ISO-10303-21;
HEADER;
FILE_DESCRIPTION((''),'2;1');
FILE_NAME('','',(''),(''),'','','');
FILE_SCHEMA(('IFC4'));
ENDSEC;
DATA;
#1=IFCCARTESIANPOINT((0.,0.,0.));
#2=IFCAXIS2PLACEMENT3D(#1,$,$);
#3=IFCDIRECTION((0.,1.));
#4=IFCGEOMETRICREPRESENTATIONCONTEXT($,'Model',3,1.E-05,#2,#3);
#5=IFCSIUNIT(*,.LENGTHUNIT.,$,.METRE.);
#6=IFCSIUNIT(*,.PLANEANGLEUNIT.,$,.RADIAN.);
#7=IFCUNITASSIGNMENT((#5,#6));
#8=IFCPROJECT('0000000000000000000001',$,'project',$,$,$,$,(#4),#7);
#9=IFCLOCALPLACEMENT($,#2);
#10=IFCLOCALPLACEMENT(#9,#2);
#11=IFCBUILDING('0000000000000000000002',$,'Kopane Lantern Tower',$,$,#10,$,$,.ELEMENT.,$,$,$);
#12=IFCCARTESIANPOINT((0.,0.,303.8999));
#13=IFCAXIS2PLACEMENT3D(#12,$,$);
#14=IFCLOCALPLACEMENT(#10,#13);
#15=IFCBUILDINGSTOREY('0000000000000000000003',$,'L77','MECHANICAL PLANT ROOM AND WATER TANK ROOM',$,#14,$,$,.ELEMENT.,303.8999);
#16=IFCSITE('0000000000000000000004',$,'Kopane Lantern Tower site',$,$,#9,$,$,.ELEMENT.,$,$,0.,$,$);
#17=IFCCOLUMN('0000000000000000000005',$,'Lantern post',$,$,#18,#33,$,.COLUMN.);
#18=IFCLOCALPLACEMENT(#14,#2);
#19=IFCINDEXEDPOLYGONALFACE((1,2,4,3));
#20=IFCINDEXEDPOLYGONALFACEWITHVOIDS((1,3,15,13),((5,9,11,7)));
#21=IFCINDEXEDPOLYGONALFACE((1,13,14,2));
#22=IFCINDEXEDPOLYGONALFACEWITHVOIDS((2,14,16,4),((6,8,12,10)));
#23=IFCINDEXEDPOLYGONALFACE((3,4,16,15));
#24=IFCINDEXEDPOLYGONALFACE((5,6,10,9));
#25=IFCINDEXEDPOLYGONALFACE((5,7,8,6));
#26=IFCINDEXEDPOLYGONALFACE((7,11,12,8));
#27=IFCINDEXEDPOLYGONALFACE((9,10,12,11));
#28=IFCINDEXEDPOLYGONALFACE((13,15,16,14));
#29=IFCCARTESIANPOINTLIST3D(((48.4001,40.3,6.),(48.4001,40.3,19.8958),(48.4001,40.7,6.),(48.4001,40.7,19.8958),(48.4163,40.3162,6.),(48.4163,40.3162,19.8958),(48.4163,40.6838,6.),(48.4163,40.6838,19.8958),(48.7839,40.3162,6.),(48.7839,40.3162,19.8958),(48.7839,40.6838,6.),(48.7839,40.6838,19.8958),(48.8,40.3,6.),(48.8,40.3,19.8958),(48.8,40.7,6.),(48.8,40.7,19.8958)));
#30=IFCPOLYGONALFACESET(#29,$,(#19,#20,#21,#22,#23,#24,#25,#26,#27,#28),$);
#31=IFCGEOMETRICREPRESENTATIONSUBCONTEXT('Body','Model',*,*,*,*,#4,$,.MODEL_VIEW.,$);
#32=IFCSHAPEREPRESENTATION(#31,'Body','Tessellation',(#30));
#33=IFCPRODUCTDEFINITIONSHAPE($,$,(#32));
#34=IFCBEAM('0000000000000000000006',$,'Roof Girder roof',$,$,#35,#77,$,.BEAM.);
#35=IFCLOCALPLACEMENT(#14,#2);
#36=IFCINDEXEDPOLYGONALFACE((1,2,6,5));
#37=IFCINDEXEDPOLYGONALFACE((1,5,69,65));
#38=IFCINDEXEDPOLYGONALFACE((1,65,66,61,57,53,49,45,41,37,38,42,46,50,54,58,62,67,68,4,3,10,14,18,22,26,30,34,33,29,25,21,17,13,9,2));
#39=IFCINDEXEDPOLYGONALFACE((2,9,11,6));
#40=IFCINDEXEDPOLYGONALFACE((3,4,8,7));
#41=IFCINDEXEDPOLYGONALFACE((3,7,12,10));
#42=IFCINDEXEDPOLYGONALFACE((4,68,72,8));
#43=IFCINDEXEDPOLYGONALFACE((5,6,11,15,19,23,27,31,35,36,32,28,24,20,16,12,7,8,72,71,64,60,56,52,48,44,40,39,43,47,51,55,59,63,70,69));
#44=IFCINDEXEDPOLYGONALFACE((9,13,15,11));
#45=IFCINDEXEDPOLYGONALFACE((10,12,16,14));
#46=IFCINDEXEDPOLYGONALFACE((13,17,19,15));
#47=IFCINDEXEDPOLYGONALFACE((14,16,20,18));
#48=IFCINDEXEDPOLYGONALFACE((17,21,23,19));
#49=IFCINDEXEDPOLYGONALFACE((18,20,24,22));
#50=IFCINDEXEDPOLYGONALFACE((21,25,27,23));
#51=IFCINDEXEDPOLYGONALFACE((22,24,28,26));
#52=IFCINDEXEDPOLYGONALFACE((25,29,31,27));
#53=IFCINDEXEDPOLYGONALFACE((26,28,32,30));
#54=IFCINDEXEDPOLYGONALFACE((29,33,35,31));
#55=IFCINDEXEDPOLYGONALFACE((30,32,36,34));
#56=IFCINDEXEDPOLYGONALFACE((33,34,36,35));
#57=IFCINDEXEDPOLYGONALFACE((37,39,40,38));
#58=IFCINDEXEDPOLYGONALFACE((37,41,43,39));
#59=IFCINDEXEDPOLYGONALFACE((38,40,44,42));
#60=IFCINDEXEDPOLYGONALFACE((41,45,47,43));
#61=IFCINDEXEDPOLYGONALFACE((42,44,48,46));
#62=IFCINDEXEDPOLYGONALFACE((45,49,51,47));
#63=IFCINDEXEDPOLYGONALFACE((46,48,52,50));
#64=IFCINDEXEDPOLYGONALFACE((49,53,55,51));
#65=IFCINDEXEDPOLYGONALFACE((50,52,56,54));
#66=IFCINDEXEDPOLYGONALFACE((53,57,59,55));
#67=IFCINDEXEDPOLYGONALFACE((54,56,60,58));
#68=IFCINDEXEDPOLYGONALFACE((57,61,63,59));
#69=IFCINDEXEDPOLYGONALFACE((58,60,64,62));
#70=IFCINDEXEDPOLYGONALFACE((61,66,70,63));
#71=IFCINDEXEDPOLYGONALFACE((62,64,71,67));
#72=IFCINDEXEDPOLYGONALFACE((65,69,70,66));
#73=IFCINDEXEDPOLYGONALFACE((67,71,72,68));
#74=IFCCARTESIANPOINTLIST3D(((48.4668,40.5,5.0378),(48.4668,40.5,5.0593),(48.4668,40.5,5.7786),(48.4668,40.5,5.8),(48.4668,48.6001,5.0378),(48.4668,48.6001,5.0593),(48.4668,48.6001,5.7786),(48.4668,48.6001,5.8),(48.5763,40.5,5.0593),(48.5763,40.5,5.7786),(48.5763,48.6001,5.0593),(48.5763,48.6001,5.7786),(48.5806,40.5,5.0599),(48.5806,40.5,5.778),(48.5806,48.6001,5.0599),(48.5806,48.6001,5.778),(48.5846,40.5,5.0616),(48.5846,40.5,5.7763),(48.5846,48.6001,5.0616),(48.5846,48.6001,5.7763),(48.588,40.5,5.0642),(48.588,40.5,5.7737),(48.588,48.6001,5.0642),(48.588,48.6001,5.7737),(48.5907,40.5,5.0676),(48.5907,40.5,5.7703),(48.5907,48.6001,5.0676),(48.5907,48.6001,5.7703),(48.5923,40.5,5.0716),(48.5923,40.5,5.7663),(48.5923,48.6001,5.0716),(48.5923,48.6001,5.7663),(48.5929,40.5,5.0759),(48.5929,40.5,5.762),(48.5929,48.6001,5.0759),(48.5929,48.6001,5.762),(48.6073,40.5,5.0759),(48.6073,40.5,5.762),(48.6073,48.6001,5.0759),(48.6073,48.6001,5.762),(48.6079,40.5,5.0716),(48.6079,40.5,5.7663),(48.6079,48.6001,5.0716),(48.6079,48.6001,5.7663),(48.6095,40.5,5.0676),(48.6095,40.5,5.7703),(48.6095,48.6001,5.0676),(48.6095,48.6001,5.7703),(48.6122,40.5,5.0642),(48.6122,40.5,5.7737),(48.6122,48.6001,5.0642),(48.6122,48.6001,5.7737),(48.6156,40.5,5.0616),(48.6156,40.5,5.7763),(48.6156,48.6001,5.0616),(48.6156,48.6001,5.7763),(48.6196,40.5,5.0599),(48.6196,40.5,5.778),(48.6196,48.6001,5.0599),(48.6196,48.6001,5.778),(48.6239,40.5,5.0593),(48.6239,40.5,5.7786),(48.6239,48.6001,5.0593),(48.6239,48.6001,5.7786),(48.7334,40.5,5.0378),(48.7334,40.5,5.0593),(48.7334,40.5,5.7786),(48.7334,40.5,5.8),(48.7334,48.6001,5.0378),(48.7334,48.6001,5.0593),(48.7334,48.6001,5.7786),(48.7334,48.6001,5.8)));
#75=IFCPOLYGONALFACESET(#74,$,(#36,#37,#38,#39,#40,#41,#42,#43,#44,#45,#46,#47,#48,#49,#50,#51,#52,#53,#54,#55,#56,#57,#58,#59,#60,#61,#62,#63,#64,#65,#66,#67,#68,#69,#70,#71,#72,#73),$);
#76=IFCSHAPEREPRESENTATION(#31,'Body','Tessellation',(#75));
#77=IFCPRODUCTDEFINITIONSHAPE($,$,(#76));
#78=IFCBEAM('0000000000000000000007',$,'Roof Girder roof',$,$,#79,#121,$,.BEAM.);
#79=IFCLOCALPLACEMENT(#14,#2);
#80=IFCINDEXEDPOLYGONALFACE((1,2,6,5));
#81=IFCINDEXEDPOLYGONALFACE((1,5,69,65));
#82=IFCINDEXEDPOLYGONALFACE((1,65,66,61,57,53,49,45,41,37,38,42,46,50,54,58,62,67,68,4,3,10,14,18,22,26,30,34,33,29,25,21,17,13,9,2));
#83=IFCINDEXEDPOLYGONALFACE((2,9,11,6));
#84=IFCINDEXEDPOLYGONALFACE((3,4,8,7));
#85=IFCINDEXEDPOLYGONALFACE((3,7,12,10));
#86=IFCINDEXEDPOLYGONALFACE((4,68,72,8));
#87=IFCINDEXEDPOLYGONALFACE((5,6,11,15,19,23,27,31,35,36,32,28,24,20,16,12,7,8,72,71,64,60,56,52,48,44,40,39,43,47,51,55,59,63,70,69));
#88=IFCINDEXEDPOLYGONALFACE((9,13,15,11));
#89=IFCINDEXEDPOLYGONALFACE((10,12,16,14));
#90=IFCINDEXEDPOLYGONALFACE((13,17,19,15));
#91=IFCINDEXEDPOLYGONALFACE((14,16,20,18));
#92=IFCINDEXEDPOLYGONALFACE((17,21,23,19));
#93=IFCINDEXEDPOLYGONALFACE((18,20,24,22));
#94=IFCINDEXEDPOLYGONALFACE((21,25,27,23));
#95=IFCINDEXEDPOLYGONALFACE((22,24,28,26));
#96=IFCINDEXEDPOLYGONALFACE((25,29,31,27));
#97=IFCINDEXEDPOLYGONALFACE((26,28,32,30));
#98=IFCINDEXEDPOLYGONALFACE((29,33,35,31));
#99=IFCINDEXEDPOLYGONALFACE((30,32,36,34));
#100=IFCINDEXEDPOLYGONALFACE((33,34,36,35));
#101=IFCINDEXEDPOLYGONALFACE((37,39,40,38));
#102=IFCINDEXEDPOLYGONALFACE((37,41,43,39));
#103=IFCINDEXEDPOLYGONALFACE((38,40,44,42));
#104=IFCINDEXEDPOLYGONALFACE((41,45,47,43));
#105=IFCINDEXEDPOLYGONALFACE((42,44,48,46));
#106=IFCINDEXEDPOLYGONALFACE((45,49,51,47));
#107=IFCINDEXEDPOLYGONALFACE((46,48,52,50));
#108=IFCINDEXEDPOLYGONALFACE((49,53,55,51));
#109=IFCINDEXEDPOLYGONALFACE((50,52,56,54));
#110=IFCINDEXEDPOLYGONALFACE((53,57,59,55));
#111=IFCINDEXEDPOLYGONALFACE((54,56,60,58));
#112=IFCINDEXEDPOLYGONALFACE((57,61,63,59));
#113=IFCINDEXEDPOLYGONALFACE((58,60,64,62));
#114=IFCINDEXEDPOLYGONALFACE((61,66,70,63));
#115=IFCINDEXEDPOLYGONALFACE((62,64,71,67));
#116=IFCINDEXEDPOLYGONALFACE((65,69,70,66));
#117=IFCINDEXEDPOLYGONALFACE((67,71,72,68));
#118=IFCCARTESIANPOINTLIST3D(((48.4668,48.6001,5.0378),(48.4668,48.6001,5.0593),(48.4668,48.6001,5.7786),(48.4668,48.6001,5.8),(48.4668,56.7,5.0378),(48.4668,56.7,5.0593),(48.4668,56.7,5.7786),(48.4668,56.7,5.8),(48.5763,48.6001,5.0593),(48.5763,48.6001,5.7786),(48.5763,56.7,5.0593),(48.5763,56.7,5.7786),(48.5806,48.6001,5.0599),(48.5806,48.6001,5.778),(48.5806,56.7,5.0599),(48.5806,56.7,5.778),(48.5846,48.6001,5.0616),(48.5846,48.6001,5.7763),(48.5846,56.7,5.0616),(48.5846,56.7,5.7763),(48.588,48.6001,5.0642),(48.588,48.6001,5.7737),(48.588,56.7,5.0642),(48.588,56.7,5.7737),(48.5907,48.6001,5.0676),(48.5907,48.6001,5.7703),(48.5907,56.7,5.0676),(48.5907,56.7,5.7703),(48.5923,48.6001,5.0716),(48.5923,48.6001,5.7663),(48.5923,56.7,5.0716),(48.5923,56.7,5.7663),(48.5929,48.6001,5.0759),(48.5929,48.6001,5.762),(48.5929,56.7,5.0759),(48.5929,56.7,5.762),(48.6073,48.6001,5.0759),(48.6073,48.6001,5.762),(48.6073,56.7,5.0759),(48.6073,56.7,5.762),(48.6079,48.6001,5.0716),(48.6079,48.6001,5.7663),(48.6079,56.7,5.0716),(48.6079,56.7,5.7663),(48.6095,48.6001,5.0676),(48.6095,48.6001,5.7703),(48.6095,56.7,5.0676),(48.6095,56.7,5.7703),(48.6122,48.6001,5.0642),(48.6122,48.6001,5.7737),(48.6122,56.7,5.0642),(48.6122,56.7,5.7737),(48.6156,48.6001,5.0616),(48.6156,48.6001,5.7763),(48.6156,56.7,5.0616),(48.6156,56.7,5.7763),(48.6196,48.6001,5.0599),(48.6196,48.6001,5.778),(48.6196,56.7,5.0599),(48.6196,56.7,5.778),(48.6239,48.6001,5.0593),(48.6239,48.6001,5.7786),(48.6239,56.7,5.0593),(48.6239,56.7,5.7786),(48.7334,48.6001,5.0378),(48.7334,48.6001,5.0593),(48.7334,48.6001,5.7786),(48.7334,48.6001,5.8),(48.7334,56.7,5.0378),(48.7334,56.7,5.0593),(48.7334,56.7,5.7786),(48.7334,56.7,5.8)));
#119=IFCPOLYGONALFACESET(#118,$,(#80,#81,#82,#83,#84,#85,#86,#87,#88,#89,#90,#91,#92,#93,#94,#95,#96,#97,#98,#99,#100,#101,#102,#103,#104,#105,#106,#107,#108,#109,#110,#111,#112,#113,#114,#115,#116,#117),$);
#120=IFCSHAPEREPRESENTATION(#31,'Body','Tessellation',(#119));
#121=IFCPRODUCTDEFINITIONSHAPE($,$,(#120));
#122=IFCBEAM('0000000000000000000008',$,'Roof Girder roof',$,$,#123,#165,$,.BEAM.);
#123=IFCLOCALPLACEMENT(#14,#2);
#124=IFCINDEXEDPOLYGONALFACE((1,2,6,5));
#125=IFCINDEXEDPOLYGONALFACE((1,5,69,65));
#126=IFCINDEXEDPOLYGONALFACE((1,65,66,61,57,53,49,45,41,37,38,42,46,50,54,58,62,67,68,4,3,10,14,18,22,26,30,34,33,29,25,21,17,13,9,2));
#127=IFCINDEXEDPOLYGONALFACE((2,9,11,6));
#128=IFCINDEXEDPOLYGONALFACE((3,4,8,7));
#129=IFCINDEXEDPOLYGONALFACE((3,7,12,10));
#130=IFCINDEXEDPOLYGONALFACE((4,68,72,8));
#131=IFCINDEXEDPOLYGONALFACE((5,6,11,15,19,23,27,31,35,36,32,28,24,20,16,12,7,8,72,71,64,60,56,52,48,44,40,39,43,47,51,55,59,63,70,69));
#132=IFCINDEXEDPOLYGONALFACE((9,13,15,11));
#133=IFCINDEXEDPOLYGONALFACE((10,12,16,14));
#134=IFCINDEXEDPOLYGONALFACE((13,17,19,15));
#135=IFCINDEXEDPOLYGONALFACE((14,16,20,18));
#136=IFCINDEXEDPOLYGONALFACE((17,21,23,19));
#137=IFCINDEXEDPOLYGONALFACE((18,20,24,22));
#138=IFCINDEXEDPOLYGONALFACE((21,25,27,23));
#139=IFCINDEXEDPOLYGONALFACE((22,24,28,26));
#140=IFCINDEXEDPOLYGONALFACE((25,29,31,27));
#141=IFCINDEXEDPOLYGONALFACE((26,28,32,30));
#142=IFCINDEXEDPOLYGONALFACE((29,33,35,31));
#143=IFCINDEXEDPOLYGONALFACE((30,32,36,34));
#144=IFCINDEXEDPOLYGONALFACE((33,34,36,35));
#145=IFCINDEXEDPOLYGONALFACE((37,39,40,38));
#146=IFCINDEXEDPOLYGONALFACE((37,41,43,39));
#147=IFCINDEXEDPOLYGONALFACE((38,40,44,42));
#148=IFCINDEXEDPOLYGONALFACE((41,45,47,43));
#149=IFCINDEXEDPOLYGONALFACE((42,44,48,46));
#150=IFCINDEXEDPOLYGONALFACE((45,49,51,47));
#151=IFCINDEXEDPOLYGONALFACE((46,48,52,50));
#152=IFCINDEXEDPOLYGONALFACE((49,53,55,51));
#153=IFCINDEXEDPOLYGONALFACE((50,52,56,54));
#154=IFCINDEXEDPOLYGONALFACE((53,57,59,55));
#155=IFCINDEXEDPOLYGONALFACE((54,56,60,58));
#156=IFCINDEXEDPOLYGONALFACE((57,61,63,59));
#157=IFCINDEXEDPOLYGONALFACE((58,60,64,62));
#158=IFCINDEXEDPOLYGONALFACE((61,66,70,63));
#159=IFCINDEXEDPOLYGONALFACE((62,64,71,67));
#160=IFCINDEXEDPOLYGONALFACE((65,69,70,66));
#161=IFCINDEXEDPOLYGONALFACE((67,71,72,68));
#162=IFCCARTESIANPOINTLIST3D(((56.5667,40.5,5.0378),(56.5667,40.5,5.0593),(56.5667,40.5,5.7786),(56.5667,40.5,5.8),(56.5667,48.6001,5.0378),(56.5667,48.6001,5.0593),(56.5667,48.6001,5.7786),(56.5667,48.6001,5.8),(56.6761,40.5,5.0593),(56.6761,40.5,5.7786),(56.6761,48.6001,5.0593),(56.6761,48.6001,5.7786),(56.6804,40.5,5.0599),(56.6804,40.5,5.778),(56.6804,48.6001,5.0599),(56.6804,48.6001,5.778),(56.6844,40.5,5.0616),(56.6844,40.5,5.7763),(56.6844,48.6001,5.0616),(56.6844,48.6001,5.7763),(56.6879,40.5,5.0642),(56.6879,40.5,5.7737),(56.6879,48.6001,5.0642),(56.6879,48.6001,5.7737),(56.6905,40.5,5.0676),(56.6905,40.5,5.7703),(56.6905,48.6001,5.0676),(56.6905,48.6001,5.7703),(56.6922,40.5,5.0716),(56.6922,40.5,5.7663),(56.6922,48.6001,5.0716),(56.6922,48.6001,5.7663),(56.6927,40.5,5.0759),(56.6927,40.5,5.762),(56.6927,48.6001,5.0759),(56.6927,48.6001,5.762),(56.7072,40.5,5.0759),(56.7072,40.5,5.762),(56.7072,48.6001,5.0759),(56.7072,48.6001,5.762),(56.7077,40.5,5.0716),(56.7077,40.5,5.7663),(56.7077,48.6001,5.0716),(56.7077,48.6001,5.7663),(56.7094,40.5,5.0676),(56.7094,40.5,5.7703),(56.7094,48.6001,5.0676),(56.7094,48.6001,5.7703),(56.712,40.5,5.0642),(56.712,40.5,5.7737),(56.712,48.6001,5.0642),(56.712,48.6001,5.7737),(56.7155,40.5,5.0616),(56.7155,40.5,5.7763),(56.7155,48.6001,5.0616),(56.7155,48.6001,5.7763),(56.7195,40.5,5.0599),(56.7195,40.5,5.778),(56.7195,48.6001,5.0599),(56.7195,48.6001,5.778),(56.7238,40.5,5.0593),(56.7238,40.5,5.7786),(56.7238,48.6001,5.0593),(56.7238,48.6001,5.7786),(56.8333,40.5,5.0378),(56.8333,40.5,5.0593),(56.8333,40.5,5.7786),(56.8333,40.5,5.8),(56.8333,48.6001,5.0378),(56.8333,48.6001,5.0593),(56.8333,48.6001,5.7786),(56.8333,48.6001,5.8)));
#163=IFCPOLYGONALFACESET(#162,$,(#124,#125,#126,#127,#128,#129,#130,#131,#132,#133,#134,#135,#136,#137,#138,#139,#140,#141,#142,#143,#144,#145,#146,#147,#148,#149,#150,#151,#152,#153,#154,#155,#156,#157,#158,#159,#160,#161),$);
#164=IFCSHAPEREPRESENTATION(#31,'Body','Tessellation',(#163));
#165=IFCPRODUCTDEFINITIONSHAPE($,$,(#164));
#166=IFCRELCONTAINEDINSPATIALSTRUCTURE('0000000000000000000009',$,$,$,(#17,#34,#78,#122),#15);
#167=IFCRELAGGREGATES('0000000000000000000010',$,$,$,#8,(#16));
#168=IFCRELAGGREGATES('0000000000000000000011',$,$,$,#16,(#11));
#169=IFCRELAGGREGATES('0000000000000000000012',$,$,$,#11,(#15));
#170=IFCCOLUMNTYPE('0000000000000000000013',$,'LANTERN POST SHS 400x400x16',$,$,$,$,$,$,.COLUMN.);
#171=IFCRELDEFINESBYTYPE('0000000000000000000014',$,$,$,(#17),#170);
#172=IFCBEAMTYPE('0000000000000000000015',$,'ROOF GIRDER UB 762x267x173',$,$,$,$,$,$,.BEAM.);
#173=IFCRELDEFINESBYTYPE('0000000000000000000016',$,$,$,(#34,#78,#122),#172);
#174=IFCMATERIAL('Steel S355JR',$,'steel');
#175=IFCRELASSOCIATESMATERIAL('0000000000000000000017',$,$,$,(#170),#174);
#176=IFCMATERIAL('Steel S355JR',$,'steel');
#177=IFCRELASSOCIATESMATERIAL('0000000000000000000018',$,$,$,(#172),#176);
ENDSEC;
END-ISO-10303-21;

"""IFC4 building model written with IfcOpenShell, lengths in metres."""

from ifc_helpers import new_model, si_unit, direction, frame, origin, origin_2d, place, context, subcontext, project, spatial, hollow_rectangle, i_section, extrude, material, material_profile, profile_set, type_object, element, save


model = new_model("IFC4")

# Units and contexts
model_context = context("Model", 3, precision=1e-05, world=origin(), true_north=direction((0.0, 1.0)))
body_context = subcontext(model_context, "Body", "Model", "MODEL_VIEW")
ifc_project = project(units=[si_unit("LENGTHUNIT", "METRE"), si_unit("PLANEANGLEUNIT", "RADIAN")], contexts=[model_context])

# Site, building, storey
site_placement = place(None, origin())
site = spatial("IfcSite", under=ifc_project, at=site_placement, Name="Kopane Lantern Tower site", CompositionType="ELEMENT", RefElevation=0.0)
building_placement = place(site_placement, origin())
building = spatial("IfcBuilding", under=site, at=building_placement, Name="Kopane Lantern Tower", CompositionType="ELEMENT")
storey_placement = place(building_placement, frame((0.0, 0.0, 303.8999)))
storey = spatial("IfcBuildingStorey", under=building, at=storey_placement, Name="L77", Description="MECHANICAL PLANT ROOM AND WATER TANK ROOM", CompositionType="ELEMENT", Elevation=303.8999)

# Column
ifc_material_1 = material(Name="Steel S355JR", Category="steel")
ifc_material_profile_1 = material_profile(ifc_material_1, hollow_rectangle(XDim=0.3999, YDim=0.3999, WallThickness=0.0161, at=origin_2d()), Name="RHS 400x400x16")
ifc_profile_set_1 = profile_set([ifc_material_profile_1], Name="Steel S355JR")
column_type = type_object("IfcColumnType", Name="LANTERN POST SHS 400x400x16", PredefinedType="COLUMN", material=ifc_profile_set_1)
column_placement = place(storey_placement, frame((48.6001, 40.5, 6.0), z_axis=(0.0, 0.0, 1.0), x_axis=(1.0, 0.0, 0.0)))
element("IfcColumn", 1, at=column_placement, inside=storey, type_object=column_type, Name="Lantern post", PredefinedType="COLUMN", context=body_context, shape_type="SweptSolid", body=[
    extrude(hollow_rectangle(XDim=0.3999, YDim=0.3999, WallThickness=0.0161, at=origin_2d()), origin(), (0.0, 0.0, 1.0), 13.8958),
])

# Beams
ifc_material_2 = material(Name="Steel S355JR", Category="steel")
ifc_material_profile_2 = material_profile(ifc_material_2, i_section(OverallWidth=0.2666, OverallDepth=0.7622, WebThickness=0.0144, FlangeThickness=0.0215, FilletRadius=0.0166, at=origin_2d()), Name="UB 762x267x173")
ifc_profile_set_2 = profile_set([ifc_material_profile_2], Name="Steel S355JR")
beam_type = type_object("IfcBeamType", Name="ROOF GIRDER UB 762x267x173", PredefinedType="BEAM", material=ifc_profile_set_2)
beam_1_placement = place(storey_placement, frame((48.6001, 40.5, 5.4189), z_axis=(0.0, 1.0, 0.0), x_axis=(-1.0, 0.0, 0.0)))
element("IfcBeam", 2, at=beam_1_placement, inside=storey, type_object=beam_type, Name="Roof Girder roof", PredefinedType="BEAM", context=body_context, shape_type="SweptSolid", body=[
    extrude(i_section(OverallWidth=0.2666, OverallDepth=0.7622, WebThickness=0.0144, FlangeThickness=0.0215, FilletRadius=0.0166, at=origin_2d()), origin(), (0.0, 0.0, 1.0), 8.1001),
])
beam_2_placement = place(storey_placement, frame((48.6001, 48.6001, 5.4189), z_axis=(0.0, 1.0, 0.0), x_axis=(-1.0, 0.0, 0.0)))
element("IfcBeam", 3, at=beam_2_placement, inside=storey, type_object=beam_type, Name="Roof Girder roof", PredefinedType="BEAM", context=body_context, shape_type="SweptSolid", body=[
    extrude(i_section(OverallWidth=0.2666, OverallDepth=0.7622, WebThickness=0.0144, FlangeThickness=0.0215, FilletRadius=0.0166, at=origin_2d()), origin(), (0.0, 0.0, 1.0), 8.0999),
])
beam_3_placement = place(storey_placement, frame((56.7, 40.5, 5.4189), z_axis=(0.0, 1.0, 0.0), x_axis=(-1.0, 0.0, 0.0)))
element("IfcBeam", 4, at=beam_3_placement, inside=storey, type_object=beam_type, Name="Roof Girder roof", PredefinedType="BEAM", context=body_context, shape_type="SweptSolid", body=[
    extrude(i_section(OverallWidth=0.2666, OverallDepth=0.7622, WebThickness=0.0144, FlangeThickness=0.0215, FilletRadius=0.0166, at=origin_2d()), origin(), (0.0, 0.0, 1.0), 8.1001),
])

save(model, "model.ifc")
